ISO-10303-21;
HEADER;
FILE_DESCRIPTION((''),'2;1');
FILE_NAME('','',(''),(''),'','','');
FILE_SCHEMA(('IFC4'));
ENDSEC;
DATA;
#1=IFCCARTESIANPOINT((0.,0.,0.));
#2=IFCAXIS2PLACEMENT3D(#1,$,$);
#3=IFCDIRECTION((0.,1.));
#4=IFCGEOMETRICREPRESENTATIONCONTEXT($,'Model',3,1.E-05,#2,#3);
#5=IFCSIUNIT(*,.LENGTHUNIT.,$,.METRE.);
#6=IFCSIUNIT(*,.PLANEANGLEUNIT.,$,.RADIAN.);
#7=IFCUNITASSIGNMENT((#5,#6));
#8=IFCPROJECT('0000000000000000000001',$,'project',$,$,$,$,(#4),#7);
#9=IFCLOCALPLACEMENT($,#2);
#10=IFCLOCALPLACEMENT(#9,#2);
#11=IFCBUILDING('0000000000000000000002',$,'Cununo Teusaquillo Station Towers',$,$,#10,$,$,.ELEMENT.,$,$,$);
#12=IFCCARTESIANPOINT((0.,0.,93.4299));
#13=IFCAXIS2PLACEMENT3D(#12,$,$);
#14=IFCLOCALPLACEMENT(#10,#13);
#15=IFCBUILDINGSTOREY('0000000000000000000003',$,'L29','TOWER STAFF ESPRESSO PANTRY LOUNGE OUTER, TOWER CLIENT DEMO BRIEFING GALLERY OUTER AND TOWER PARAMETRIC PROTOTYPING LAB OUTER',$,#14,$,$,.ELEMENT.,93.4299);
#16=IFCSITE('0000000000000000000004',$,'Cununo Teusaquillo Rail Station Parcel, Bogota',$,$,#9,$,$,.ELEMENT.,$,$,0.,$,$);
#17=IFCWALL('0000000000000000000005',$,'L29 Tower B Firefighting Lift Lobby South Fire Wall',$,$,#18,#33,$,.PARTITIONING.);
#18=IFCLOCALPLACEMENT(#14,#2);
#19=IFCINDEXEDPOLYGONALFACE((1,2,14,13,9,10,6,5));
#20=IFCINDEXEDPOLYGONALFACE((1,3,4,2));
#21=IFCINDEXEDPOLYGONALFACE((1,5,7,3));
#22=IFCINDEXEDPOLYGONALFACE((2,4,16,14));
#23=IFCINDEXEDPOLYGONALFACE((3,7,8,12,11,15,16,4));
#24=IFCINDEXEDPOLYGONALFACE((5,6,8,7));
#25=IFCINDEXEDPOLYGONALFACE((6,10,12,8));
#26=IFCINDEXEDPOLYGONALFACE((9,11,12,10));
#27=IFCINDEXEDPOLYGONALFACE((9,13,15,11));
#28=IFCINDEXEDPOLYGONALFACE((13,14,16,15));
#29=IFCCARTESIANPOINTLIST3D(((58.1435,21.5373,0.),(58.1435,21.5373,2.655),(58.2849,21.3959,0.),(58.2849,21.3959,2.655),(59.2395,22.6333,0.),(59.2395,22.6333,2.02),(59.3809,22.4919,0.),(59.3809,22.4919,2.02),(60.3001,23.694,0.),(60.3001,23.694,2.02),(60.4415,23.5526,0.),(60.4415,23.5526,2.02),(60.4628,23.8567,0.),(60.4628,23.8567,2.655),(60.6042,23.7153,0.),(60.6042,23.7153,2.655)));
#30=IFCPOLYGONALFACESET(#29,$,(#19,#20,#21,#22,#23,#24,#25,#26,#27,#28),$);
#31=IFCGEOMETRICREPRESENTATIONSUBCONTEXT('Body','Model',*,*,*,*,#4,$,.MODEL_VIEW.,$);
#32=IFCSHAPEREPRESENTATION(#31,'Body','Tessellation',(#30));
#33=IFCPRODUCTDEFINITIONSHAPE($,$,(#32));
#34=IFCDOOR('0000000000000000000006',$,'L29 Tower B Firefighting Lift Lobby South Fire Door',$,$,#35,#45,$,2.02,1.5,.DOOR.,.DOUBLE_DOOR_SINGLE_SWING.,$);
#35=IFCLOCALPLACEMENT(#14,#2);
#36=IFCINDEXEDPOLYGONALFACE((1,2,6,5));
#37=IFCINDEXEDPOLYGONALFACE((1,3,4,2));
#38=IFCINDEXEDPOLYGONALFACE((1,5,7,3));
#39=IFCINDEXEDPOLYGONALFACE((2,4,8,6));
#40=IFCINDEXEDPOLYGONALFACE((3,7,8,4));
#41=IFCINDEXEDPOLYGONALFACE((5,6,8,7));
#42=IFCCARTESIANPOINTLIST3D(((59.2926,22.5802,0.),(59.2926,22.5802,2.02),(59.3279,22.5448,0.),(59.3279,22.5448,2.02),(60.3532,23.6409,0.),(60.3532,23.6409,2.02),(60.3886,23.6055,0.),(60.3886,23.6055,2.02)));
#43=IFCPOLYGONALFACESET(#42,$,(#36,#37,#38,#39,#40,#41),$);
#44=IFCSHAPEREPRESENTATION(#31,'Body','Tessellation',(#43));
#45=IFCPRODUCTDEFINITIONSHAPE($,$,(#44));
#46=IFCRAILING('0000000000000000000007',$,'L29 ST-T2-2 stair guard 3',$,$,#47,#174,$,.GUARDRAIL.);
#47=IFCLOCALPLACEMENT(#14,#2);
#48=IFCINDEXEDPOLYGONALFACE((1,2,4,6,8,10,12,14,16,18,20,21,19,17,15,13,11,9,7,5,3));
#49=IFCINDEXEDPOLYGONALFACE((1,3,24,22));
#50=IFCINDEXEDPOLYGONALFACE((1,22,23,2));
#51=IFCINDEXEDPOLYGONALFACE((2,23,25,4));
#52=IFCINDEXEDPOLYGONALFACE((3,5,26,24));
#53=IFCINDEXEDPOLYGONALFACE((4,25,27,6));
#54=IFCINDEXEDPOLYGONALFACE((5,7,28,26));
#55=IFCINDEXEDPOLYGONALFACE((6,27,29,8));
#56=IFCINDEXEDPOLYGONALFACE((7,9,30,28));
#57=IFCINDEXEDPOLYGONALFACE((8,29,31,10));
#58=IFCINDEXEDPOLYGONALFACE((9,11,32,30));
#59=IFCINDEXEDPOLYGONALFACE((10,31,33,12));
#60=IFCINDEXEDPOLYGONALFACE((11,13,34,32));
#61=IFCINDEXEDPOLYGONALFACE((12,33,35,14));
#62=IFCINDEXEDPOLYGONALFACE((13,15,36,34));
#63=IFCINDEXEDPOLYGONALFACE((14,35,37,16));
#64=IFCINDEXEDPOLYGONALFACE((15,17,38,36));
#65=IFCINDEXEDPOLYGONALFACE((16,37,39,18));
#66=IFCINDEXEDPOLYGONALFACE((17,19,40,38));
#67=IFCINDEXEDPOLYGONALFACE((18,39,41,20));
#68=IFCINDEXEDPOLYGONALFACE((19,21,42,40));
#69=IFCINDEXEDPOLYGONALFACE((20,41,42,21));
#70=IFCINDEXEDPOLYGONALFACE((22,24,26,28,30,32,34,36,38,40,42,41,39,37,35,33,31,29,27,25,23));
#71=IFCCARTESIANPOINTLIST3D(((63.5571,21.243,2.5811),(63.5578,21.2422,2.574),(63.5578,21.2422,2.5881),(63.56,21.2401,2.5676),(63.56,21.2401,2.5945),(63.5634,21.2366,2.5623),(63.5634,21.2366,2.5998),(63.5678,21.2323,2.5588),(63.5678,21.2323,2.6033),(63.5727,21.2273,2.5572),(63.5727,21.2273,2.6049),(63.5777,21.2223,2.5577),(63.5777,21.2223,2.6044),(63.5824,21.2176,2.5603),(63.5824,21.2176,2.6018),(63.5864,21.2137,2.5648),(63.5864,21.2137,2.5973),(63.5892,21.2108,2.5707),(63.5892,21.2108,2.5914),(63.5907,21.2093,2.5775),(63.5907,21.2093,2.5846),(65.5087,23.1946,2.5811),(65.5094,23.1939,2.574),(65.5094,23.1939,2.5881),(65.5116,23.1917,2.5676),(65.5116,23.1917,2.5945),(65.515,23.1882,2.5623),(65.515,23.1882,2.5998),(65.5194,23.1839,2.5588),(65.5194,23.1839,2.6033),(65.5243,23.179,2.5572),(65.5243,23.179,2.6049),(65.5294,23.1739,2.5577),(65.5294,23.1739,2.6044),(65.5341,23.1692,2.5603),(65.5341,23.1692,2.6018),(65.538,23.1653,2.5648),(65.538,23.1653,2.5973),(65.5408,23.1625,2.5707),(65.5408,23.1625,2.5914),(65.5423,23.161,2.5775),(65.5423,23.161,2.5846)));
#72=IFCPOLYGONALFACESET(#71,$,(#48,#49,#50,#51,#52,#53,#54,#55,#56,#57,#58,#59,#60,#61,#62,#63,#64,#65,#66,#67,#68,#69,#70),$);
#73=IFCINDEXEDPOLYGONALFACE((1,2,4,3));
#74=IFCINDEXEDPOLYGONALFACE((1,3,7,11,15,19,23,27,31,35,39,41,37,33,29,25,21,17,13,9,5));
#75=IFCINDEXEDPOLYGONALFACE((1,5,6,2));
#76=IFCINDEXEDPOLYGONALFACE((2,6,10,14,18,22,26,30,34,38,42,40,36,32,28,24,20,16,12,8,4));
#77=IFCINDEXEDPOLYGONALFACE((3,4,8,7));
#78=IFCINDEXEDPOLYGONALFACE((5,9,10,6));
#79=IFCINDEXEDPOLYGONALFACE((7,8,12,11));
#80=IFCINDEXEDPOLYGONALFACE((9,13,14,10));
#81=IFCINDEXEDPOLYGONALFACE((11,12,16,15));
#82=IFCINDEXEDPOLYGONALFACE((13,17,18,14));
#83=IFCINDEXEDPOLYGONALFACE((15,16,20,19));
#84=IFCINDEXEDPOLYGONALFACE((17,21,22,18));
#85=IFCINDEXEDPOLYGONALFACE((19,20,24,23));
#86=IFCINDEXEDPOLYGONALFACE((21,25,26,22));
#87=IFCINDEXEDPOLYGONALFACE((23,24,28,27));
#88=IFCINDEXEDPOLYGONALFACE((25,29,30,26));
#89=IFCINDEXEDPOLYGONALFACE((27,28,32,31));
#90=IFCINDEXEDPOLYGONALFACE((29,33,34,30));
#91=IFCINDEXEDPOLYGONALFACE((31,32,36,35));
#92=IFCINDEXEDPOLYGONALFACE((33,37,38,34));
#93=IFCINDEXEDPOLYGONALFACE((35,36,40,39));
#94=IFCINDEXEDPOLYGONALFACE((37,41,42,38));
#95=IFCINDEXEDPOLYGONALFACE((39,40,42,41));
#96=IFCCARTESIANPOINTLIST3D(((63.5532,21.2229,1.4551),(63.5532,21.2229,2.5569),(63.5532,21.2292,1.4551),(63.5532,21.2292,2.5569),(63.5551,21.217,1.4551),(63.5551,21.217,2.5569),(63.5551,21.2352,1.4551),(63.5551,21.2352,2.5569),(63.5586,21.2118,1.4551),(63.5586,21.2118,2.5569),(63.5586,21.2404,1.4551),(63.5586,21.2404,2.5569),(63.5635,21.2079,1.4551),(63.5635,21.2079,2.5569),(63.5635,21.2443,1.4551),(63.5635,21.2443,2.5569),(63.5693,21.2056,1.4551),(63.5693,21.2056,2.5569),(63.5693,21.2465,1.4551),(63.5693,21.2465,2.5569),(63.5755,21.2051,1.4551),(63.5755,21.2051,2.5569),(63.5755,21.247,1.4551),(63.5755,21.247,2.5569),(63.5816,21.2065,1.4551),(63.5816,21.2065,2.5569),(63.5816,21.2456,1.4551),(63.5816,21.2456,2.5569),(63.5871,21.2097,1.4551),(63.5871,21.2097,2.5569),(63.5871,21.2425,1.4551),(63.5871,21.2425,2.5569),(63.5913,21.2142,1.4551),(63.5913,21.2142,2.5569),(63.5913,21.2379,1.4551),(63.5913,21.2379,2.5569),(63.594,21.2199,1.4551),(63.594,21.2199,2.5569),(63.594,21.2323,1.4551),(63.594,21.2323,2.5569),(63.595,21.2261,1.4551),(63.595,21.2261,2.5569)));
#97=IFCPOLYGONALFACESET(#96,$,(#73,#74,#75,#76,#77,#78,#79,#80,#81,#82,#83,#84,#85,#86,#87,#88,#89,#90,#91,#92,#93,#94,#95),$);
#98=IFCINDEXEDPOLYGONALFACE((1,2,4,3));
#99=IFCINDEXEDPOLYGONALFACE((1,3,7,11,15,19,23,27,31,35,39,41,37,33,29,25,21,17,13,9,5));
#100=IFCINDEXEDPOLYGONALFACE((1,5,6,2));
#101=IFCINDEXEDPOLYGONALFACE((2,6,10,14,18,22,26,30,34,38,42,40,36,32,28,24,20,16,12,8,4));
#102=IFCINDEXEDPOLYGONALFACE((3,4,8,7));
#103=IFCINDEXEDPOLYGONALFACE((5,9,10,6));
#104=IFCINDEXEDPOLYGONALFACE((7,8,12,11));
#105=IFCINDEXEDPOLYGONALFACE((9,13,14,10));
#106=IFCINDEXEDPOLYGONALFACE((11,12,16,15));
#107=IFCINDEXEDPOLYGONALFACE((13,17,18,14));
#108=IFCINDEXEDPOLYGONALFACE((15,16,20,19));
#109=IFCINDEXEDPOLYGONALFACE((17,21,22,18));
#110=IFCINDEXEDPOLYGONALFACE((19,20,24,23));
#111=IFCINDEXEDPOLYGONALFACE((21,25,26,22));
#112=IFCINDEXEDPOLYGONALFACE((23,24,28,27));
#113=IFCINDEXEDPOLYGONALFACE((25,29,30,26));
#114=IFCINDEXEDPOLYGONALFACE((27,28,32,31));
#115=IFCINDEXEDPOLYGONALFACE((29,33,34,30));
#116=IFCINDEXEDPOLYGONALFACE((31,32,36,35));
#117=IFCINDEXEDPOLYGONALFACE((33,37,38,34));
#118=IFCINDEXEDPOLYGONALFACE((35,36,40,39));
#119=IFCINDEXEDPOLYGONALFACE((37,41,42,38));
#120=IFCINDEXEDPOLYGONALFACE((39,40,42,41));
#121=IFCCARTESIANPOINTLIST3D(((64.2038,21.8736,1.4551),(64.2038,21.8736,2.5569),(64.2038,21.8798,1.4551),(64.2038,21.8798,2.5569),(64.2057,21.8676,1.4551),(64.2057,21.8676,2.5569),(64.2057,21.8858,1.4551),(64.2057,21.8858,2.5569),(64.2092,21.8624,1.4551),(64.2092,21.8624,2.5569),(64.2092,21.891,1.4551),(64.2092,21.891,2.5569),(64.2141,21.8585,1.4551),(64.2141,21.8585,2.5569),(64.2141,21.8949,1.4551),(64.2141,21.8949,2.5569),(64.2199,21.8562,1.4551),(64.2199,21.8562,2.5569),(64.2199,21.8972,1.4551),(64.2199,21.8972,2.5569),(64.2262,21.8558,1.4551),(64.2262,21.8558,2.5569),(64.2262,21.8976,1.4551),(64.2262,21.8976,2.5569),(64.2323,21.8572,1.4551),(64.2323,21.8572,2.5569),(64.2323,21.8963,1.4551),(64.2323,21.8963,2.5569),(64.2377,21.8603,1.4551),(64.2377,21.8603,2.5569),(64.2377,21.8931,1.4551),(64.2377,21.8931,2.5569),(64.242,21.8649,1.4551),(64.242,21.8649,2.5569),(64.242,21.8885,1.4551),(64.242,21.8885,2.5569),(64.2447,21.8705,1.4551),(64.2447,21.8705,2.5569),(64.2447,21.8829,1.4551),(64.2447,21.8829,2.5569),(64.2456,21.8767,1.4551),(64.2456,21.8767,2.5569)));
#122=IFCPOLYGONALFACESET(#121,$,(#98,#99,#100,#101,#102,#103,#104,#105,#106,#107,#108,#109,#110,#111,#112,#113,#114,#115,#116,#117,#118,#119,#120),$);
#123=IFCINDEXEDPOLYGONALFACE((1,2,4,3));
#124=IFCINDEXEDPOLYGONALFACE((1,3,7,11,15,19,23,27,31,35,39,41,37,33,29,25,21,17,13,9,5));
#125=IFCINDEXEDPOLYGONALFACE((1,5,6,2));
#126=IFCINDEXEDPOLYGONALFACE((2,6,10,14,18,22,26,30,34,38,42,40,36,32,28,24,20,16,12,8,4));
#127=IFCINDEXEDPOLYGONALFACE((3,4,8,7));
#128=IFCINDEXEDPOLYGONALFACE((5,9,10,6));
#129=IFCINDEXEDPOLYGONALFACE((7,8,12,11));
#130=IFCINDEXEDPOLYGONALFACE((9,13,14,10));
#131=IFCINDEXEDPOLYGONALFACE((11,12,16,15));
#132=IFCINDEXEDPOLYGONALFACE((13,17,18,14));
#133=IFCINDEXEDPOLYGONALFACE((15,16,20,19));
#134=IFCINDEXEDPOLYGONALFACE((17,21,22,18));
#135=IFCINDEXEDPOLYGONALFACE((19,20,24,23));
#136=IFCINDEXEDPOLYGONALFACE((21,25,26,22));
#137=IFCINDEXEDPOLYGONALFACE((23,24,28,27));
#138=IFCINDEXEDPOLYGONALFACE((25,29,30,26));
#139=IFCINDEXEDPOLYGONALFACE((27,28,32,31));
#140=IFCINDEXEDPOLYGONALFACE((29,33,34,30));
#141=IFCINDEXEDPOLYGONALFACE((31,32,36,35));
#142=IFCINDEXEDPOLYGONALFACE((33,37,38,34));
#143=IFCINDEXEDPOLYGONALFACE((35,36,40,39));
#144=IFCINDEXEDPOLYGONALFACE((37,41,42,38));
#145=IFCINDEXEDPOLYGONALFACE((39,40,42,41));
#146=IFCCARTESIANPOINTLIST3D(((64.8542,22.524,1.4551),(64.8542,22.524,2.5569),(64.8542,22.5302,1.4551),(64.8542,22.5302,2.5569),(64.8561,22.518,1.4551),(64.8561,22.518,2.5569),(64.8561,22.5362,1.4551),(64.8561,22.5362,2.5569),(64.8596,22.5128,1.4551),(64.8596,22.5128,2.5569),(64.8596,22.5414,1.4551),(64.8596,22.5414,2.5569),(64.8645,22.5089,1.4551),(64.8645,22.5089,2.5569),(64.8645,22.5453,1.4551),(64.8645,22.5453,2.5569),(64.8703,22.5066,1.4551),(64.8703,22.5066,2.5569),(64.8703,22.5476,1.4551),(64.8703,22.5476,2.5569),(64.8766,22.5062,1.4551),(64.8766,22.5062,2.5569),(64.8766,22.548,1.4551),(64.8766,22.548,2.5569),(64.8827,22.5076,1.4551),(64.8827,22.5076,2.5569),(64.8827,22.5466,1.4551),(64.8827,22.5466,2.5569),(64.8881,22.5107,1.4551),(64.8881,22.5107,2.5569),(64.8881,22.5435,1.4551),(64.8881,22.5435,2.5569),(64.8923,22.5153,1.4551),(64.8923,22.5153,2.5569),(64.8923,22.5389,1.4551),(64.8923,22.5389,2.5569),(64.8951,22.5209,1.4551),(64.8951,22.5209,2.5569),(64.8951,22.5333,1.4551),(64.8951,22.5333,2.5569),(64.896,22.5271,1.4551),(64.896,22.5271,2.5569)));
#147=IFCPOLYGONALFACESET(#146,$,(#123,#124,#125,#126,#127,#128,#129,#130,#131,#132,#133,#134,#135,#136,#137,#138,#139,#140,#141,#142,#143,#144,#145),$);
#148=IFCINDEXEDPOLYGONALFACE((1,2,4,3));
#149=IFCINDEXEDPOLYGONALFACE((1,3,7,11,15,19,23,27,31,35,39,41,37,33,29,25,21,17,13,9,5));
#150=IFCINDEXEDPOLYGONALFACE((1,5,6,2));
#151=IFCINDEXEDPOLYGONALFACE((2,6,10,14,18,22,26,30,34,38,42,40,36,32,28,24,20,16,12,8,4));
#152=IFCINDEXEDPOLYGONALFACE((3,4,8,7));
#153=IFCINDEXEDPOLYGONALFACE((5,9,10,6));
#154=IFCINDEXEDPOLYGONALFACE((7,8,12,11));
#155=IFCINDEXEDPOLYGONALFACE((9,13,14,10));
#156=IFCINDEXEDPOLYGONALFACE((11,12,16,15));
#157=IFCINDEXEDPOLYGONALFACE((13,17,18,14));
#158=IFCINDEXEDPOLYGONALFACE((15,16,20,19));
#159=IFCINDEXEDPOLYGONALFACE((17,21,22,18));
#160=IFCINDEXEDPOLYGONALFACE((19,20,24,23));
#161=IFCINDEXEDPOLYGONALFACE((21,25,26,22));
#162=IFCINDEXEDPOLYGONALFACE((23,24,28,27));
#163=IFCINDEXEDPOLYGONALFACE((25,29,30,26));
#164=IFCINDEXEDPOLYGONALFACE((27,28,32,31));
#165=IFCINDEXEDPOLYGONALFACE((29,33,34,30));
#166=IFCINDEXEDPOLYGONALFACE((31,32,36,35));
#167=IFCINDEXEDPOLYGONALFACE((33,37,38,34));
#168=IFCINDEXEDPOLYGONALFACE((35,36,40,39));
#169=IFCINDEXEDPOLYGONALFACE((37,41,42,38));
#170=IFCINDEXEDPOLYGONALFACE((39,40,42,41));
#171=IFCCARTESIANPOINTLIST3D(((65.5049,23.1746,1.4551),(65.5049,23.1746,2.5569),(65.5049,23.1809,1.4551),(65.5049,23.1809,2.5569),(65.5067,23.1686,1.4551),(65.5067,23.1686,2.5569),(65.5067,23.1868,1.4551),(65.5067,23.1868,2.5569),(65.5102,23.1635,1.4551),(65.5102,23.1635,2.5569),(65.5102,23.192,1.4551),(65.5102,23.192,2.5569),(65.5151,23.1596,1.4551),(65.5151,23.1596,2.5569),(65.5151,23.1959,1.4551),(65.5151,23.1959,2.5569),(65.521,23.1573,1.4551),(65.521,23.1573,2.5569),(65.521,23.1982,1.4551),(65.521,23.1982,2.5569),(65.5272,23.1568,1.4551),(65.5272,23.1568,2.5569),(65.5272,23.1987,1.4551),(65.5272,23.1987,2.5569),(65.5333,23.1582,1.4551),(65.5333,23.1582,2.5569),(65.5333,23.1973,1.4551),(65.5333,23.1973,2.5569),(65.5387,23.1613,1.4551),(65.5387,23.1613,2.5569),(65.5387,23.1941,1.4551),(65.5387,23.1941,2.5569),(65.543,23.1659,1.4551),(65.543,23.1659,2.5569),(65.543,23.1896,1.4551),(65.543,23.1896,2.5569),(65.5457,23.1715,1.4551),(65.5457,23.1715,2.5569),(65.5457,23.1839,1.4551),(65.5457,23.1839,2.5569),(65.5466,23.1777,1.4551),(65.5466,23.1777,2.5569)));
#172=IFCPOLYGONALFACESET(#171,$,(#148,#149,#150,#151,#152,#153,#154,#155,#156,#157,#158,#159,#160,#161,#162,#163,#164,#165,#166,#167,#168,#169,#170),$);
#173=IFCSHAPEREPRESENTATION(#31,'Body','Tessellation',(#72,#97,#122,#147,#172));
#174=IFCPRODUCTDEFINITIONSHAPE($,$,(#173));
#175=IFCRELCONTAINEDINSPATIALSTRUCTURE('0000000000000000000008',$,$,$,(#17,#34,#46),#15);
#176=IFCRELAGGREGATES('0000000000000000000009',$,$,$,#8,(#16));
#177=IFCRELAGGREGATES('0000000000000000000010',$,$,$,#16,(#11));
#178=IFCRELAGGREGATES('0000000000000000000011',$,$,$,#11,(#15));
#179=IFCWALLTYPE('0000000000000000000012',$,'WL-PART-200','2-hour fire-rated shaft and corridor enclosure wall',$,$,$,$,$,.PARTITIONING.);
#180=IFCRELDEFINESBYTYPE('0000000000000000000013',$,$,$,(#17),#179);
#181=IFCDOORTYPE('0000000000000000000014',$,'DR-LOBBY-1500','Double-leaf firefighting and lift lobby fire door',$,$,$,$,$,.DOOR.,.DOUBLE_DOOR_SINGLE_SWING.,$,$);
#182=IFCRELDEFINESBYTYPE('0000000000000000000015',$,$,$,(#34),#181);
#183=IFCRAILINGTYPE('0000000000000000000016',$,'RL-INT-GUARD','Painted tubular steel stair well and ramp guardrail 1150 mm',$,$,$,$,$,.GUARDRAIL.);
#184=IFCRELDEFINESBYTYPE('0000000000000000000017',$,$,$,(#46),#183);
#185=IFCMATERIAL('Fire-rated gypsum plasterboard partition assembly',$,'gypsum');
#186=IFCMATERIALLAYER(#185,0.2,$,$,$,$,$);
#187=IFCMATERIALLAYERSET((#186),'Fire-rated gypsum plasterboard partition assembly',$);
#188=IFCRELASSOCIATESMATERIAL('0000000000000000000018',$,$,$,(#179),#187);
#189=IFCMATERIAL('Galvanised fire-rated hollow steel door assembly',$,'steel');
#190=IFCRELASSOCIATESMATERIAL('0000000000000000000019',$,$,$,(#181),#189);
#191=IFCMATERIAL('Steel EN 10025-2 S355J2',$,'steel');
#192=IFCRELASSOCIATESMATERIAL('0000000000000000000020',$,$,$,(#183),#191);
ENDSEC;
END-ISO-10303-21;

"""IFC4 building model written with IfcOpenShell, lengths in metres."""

from ifc_helpers import new_model, si_unit, direction, frame, frame_2d, origin, origin_2d, place, context, subcontext, project, spatial, rectangle, circle, extrude, source, transform, mapped, material, layer, layer_set, type_object, element, fill, save


model = new_model("IFC4")

# Units and contexts
model_context = context("Model", 3, precision=1e-05, world=origin(), true_north=direction((0.0, 1.0)))
body_context = subcontext(model_context, "Body", "Model", "MODEL_VIEW")
ifc_project = project(units=[si_unit("LENGTHUNIT", "METRE"), si_unit("PLANEANGLEUNIT", "RADIAN")], contexts=[model_context])

# Site, building, storey
site_placement = place(None, origin())
site = spatial("IfcSite", under=ifc_project, at=site_placement, Name="Cununo Teusaquillo Rail Station Parcel, Bogota", CompositionType="ELEMENT", RefElevation=0.0)
building_placement = place(site_placement, origin())
building = spatial("IfcBuilding", under=site, at=building_placement, Name="Cununo Teusaquillo Station Towers", CompositionType="ELEMENT")
storey_placement = place(building_placement, frame((0.0, 0.0, 93.4299)))
storey = spatial("IfcBuildingStorey", under=building, at=storey_placement, Name="L29", Description="TOWER STAFF ESPRESSO PANTRY LOUNGE OUTER, TOWER CLIENT DEMO BRIEFING GALLERY OUTER AND TOWER PARAMETRIC PROTOTYPING LAB OUTER", CompositionType="ELEMENT", Elevation=93.4299)

# Wall, opening, door
ifc_material_1 = material(Name="Fire-rated gypsum plasterboard partition assembly", Category="gypsum")
ifc_layer_1 = layer(ifc_material_1, 0.2)
ifc_layer_set_1 = layer_set([ifc_layer_1], Name="Fire-rated gypsum plasterboard partition assembly")
wall_type_1 = type_object("IfcWallType", Name="WL-PART-200", Description="2-hour fire-rated shaft and corridor enclosure wall", PredefinedType="PARTITIONING", material=ifc_layer_set_1)
wall_1_placement = place(storey_placement, frame((58.2141, 21.4666, 0.0), z_axis=(0.0, 0.0, 1.0), x_axis=(0.707107, 0.707107, 0.0)))
wall_1 = element("IfcWall", 1, at=wall_1_placement, inside=storey, type_object=wall_type_1, Name="L29 Tower B Firefighting Lift Lobby South Fire Wall", PredefinedType="PARTITIONING", context=body_context, shape_type="SweptSolid", body=[
    extrude(rectangle(XDim=3.28, YDim=0.2, at=frame_2d((1.6401, 0.0))), origin(), (0.0, 0.0, 1.0), 2.655),
])
shared_shape_1 = source(origin(), body_context, "Body", "SweptSolid", [
    extrude(rectangle(XDim=1.5, YDim=2.02, at=frame_2d((0.75, 1.01))), frame((0.0, 0.1099, 0.0), z_axis=(0.0, -1.0, 0.0), x_axis=(1.0, 0.0, 0.0)), (0.0, 0.0, 1.0), 0.22),
])
opening_1_placement = place(wall_1_placement, frame((1.55, 0.0, 0.0)))
opening_1 = element("IfcOpeningElement", 2, at=opening_1_placement, cuts=wall_1, PredefinedType="OPENING", context=body_context, shape_type="MappedRepresentation", body=[
    mapped(shared_shape_1, transform((0.0, 0.0, 0.0), x_axis=(1.0, 0.0, 0.0), y_axis=(0.0, 1.0, 0.0), z_axis=(0.0, 0.0, 1.0), scale=1.0)),
])
ifc_material_2 = material(Name="Galvanised fire-rated hollow steel door assembly", Category="steel")
door_type_1 = type_object("IfcDoorType", Name="DR-LOBBY-1500", Description="Double-leaf firefighting and lift lobby fire door", OperationType="DOUBLE_DOOR_SINGLE_SWING", PredefinedType="DOOR", material=ifc_material_2)
shared_shape_2 = source(origin(), body_context, "Body", "SweptSolid", [
    extrude(rectangle(XDim=1.5, YDim=2.02, at=frame_2d((0.75, 1.01))), frame((0.0, 0.0249, 0.0), z_axis=(0.0, -1.0, 0.0), x_axis=(1.0, 0.0, 0.0)), (0.0, 0.0, 1.0), 0.05),
])
door_1_placement = place(opening_1_placement, origin())
door_1 = element("IfcDoor", 3, at=door_1_placement, inside=storey, type_object=door_type_1, Name="L29 Tower B Firefighting Lift Lobby South Fire Door", OperationType="DOUBLE_DOOR_SINGLE_SWING", OverallHeight=2.02, OverallWidth=1.5, PredefinedType="DOOR", context=body_context, shape_type="MappedRepresentation", body=[
    mapped(shared_shape_2, transform((0.0, 0.0, 0.0), x_axis=(1.0, 0.0, 0.0), y_axis=(0.0, 1.0, 0.0), z_axis=(0.0, 0.0, 1.0), scale=1.0)),
])
fill(opening_1, door_1)

# Railing
ifc_material_3 = material(Name="Steel EN 10025-2 S355J2", Category="steel")
railing_type = type_object("IfcRailingType", Name="RL-INT-GUARD", Description="Painted tubular steel stair well and ramp guardrail 1150 mm", PredefinedType="GUARDRAIL", material=ifc_material_3)
railing_1_placement = place(storey_placement, frame((63.574, 21.2261, 1.4551)))
element("IfcRailing", 4, at=railing_1_placement, inside=storey, type_object=railing_type, Name="L29 ST-T2-2 stair guard 3", PredefinedType="GUARDRAIL", context=body_context, shape_type="SweptSolid", body=[
    extrude(circle(Radius=0.0239, at=origin_2d()), frame((0.0, 0.0, 1.126), z_axis=(0.707107, 0.707107, 0.0), x_axis=(-0.707107, 0.707107, 0.0)), (0.0, 0.0, 1.0), 2.76),
    extrude(circle(Radius=0.021, at=origin_2d()), origin(), (0.0, 0.0, 1.0), 1.1018),
    extrude(circle(Radius=0.021, at=origin_2d()), frame((0.6506, 0.6506, 0.0)), (0.0, 0.0, 1.0), 1.1018),
    extrude(circle(Radius=0.021, at=origin_2d()), frame((1.301, 1.301, 0.0)), (0.0, 0.0, 1.0), 1.1018),
    extrude(circle(Radius=0.021, at=origin_2d()), frame((1.9517, 1.9517, 0.0)), (0.0, 0.0, 1.0), 1.1018),
])

save(model, "model.ifc")
